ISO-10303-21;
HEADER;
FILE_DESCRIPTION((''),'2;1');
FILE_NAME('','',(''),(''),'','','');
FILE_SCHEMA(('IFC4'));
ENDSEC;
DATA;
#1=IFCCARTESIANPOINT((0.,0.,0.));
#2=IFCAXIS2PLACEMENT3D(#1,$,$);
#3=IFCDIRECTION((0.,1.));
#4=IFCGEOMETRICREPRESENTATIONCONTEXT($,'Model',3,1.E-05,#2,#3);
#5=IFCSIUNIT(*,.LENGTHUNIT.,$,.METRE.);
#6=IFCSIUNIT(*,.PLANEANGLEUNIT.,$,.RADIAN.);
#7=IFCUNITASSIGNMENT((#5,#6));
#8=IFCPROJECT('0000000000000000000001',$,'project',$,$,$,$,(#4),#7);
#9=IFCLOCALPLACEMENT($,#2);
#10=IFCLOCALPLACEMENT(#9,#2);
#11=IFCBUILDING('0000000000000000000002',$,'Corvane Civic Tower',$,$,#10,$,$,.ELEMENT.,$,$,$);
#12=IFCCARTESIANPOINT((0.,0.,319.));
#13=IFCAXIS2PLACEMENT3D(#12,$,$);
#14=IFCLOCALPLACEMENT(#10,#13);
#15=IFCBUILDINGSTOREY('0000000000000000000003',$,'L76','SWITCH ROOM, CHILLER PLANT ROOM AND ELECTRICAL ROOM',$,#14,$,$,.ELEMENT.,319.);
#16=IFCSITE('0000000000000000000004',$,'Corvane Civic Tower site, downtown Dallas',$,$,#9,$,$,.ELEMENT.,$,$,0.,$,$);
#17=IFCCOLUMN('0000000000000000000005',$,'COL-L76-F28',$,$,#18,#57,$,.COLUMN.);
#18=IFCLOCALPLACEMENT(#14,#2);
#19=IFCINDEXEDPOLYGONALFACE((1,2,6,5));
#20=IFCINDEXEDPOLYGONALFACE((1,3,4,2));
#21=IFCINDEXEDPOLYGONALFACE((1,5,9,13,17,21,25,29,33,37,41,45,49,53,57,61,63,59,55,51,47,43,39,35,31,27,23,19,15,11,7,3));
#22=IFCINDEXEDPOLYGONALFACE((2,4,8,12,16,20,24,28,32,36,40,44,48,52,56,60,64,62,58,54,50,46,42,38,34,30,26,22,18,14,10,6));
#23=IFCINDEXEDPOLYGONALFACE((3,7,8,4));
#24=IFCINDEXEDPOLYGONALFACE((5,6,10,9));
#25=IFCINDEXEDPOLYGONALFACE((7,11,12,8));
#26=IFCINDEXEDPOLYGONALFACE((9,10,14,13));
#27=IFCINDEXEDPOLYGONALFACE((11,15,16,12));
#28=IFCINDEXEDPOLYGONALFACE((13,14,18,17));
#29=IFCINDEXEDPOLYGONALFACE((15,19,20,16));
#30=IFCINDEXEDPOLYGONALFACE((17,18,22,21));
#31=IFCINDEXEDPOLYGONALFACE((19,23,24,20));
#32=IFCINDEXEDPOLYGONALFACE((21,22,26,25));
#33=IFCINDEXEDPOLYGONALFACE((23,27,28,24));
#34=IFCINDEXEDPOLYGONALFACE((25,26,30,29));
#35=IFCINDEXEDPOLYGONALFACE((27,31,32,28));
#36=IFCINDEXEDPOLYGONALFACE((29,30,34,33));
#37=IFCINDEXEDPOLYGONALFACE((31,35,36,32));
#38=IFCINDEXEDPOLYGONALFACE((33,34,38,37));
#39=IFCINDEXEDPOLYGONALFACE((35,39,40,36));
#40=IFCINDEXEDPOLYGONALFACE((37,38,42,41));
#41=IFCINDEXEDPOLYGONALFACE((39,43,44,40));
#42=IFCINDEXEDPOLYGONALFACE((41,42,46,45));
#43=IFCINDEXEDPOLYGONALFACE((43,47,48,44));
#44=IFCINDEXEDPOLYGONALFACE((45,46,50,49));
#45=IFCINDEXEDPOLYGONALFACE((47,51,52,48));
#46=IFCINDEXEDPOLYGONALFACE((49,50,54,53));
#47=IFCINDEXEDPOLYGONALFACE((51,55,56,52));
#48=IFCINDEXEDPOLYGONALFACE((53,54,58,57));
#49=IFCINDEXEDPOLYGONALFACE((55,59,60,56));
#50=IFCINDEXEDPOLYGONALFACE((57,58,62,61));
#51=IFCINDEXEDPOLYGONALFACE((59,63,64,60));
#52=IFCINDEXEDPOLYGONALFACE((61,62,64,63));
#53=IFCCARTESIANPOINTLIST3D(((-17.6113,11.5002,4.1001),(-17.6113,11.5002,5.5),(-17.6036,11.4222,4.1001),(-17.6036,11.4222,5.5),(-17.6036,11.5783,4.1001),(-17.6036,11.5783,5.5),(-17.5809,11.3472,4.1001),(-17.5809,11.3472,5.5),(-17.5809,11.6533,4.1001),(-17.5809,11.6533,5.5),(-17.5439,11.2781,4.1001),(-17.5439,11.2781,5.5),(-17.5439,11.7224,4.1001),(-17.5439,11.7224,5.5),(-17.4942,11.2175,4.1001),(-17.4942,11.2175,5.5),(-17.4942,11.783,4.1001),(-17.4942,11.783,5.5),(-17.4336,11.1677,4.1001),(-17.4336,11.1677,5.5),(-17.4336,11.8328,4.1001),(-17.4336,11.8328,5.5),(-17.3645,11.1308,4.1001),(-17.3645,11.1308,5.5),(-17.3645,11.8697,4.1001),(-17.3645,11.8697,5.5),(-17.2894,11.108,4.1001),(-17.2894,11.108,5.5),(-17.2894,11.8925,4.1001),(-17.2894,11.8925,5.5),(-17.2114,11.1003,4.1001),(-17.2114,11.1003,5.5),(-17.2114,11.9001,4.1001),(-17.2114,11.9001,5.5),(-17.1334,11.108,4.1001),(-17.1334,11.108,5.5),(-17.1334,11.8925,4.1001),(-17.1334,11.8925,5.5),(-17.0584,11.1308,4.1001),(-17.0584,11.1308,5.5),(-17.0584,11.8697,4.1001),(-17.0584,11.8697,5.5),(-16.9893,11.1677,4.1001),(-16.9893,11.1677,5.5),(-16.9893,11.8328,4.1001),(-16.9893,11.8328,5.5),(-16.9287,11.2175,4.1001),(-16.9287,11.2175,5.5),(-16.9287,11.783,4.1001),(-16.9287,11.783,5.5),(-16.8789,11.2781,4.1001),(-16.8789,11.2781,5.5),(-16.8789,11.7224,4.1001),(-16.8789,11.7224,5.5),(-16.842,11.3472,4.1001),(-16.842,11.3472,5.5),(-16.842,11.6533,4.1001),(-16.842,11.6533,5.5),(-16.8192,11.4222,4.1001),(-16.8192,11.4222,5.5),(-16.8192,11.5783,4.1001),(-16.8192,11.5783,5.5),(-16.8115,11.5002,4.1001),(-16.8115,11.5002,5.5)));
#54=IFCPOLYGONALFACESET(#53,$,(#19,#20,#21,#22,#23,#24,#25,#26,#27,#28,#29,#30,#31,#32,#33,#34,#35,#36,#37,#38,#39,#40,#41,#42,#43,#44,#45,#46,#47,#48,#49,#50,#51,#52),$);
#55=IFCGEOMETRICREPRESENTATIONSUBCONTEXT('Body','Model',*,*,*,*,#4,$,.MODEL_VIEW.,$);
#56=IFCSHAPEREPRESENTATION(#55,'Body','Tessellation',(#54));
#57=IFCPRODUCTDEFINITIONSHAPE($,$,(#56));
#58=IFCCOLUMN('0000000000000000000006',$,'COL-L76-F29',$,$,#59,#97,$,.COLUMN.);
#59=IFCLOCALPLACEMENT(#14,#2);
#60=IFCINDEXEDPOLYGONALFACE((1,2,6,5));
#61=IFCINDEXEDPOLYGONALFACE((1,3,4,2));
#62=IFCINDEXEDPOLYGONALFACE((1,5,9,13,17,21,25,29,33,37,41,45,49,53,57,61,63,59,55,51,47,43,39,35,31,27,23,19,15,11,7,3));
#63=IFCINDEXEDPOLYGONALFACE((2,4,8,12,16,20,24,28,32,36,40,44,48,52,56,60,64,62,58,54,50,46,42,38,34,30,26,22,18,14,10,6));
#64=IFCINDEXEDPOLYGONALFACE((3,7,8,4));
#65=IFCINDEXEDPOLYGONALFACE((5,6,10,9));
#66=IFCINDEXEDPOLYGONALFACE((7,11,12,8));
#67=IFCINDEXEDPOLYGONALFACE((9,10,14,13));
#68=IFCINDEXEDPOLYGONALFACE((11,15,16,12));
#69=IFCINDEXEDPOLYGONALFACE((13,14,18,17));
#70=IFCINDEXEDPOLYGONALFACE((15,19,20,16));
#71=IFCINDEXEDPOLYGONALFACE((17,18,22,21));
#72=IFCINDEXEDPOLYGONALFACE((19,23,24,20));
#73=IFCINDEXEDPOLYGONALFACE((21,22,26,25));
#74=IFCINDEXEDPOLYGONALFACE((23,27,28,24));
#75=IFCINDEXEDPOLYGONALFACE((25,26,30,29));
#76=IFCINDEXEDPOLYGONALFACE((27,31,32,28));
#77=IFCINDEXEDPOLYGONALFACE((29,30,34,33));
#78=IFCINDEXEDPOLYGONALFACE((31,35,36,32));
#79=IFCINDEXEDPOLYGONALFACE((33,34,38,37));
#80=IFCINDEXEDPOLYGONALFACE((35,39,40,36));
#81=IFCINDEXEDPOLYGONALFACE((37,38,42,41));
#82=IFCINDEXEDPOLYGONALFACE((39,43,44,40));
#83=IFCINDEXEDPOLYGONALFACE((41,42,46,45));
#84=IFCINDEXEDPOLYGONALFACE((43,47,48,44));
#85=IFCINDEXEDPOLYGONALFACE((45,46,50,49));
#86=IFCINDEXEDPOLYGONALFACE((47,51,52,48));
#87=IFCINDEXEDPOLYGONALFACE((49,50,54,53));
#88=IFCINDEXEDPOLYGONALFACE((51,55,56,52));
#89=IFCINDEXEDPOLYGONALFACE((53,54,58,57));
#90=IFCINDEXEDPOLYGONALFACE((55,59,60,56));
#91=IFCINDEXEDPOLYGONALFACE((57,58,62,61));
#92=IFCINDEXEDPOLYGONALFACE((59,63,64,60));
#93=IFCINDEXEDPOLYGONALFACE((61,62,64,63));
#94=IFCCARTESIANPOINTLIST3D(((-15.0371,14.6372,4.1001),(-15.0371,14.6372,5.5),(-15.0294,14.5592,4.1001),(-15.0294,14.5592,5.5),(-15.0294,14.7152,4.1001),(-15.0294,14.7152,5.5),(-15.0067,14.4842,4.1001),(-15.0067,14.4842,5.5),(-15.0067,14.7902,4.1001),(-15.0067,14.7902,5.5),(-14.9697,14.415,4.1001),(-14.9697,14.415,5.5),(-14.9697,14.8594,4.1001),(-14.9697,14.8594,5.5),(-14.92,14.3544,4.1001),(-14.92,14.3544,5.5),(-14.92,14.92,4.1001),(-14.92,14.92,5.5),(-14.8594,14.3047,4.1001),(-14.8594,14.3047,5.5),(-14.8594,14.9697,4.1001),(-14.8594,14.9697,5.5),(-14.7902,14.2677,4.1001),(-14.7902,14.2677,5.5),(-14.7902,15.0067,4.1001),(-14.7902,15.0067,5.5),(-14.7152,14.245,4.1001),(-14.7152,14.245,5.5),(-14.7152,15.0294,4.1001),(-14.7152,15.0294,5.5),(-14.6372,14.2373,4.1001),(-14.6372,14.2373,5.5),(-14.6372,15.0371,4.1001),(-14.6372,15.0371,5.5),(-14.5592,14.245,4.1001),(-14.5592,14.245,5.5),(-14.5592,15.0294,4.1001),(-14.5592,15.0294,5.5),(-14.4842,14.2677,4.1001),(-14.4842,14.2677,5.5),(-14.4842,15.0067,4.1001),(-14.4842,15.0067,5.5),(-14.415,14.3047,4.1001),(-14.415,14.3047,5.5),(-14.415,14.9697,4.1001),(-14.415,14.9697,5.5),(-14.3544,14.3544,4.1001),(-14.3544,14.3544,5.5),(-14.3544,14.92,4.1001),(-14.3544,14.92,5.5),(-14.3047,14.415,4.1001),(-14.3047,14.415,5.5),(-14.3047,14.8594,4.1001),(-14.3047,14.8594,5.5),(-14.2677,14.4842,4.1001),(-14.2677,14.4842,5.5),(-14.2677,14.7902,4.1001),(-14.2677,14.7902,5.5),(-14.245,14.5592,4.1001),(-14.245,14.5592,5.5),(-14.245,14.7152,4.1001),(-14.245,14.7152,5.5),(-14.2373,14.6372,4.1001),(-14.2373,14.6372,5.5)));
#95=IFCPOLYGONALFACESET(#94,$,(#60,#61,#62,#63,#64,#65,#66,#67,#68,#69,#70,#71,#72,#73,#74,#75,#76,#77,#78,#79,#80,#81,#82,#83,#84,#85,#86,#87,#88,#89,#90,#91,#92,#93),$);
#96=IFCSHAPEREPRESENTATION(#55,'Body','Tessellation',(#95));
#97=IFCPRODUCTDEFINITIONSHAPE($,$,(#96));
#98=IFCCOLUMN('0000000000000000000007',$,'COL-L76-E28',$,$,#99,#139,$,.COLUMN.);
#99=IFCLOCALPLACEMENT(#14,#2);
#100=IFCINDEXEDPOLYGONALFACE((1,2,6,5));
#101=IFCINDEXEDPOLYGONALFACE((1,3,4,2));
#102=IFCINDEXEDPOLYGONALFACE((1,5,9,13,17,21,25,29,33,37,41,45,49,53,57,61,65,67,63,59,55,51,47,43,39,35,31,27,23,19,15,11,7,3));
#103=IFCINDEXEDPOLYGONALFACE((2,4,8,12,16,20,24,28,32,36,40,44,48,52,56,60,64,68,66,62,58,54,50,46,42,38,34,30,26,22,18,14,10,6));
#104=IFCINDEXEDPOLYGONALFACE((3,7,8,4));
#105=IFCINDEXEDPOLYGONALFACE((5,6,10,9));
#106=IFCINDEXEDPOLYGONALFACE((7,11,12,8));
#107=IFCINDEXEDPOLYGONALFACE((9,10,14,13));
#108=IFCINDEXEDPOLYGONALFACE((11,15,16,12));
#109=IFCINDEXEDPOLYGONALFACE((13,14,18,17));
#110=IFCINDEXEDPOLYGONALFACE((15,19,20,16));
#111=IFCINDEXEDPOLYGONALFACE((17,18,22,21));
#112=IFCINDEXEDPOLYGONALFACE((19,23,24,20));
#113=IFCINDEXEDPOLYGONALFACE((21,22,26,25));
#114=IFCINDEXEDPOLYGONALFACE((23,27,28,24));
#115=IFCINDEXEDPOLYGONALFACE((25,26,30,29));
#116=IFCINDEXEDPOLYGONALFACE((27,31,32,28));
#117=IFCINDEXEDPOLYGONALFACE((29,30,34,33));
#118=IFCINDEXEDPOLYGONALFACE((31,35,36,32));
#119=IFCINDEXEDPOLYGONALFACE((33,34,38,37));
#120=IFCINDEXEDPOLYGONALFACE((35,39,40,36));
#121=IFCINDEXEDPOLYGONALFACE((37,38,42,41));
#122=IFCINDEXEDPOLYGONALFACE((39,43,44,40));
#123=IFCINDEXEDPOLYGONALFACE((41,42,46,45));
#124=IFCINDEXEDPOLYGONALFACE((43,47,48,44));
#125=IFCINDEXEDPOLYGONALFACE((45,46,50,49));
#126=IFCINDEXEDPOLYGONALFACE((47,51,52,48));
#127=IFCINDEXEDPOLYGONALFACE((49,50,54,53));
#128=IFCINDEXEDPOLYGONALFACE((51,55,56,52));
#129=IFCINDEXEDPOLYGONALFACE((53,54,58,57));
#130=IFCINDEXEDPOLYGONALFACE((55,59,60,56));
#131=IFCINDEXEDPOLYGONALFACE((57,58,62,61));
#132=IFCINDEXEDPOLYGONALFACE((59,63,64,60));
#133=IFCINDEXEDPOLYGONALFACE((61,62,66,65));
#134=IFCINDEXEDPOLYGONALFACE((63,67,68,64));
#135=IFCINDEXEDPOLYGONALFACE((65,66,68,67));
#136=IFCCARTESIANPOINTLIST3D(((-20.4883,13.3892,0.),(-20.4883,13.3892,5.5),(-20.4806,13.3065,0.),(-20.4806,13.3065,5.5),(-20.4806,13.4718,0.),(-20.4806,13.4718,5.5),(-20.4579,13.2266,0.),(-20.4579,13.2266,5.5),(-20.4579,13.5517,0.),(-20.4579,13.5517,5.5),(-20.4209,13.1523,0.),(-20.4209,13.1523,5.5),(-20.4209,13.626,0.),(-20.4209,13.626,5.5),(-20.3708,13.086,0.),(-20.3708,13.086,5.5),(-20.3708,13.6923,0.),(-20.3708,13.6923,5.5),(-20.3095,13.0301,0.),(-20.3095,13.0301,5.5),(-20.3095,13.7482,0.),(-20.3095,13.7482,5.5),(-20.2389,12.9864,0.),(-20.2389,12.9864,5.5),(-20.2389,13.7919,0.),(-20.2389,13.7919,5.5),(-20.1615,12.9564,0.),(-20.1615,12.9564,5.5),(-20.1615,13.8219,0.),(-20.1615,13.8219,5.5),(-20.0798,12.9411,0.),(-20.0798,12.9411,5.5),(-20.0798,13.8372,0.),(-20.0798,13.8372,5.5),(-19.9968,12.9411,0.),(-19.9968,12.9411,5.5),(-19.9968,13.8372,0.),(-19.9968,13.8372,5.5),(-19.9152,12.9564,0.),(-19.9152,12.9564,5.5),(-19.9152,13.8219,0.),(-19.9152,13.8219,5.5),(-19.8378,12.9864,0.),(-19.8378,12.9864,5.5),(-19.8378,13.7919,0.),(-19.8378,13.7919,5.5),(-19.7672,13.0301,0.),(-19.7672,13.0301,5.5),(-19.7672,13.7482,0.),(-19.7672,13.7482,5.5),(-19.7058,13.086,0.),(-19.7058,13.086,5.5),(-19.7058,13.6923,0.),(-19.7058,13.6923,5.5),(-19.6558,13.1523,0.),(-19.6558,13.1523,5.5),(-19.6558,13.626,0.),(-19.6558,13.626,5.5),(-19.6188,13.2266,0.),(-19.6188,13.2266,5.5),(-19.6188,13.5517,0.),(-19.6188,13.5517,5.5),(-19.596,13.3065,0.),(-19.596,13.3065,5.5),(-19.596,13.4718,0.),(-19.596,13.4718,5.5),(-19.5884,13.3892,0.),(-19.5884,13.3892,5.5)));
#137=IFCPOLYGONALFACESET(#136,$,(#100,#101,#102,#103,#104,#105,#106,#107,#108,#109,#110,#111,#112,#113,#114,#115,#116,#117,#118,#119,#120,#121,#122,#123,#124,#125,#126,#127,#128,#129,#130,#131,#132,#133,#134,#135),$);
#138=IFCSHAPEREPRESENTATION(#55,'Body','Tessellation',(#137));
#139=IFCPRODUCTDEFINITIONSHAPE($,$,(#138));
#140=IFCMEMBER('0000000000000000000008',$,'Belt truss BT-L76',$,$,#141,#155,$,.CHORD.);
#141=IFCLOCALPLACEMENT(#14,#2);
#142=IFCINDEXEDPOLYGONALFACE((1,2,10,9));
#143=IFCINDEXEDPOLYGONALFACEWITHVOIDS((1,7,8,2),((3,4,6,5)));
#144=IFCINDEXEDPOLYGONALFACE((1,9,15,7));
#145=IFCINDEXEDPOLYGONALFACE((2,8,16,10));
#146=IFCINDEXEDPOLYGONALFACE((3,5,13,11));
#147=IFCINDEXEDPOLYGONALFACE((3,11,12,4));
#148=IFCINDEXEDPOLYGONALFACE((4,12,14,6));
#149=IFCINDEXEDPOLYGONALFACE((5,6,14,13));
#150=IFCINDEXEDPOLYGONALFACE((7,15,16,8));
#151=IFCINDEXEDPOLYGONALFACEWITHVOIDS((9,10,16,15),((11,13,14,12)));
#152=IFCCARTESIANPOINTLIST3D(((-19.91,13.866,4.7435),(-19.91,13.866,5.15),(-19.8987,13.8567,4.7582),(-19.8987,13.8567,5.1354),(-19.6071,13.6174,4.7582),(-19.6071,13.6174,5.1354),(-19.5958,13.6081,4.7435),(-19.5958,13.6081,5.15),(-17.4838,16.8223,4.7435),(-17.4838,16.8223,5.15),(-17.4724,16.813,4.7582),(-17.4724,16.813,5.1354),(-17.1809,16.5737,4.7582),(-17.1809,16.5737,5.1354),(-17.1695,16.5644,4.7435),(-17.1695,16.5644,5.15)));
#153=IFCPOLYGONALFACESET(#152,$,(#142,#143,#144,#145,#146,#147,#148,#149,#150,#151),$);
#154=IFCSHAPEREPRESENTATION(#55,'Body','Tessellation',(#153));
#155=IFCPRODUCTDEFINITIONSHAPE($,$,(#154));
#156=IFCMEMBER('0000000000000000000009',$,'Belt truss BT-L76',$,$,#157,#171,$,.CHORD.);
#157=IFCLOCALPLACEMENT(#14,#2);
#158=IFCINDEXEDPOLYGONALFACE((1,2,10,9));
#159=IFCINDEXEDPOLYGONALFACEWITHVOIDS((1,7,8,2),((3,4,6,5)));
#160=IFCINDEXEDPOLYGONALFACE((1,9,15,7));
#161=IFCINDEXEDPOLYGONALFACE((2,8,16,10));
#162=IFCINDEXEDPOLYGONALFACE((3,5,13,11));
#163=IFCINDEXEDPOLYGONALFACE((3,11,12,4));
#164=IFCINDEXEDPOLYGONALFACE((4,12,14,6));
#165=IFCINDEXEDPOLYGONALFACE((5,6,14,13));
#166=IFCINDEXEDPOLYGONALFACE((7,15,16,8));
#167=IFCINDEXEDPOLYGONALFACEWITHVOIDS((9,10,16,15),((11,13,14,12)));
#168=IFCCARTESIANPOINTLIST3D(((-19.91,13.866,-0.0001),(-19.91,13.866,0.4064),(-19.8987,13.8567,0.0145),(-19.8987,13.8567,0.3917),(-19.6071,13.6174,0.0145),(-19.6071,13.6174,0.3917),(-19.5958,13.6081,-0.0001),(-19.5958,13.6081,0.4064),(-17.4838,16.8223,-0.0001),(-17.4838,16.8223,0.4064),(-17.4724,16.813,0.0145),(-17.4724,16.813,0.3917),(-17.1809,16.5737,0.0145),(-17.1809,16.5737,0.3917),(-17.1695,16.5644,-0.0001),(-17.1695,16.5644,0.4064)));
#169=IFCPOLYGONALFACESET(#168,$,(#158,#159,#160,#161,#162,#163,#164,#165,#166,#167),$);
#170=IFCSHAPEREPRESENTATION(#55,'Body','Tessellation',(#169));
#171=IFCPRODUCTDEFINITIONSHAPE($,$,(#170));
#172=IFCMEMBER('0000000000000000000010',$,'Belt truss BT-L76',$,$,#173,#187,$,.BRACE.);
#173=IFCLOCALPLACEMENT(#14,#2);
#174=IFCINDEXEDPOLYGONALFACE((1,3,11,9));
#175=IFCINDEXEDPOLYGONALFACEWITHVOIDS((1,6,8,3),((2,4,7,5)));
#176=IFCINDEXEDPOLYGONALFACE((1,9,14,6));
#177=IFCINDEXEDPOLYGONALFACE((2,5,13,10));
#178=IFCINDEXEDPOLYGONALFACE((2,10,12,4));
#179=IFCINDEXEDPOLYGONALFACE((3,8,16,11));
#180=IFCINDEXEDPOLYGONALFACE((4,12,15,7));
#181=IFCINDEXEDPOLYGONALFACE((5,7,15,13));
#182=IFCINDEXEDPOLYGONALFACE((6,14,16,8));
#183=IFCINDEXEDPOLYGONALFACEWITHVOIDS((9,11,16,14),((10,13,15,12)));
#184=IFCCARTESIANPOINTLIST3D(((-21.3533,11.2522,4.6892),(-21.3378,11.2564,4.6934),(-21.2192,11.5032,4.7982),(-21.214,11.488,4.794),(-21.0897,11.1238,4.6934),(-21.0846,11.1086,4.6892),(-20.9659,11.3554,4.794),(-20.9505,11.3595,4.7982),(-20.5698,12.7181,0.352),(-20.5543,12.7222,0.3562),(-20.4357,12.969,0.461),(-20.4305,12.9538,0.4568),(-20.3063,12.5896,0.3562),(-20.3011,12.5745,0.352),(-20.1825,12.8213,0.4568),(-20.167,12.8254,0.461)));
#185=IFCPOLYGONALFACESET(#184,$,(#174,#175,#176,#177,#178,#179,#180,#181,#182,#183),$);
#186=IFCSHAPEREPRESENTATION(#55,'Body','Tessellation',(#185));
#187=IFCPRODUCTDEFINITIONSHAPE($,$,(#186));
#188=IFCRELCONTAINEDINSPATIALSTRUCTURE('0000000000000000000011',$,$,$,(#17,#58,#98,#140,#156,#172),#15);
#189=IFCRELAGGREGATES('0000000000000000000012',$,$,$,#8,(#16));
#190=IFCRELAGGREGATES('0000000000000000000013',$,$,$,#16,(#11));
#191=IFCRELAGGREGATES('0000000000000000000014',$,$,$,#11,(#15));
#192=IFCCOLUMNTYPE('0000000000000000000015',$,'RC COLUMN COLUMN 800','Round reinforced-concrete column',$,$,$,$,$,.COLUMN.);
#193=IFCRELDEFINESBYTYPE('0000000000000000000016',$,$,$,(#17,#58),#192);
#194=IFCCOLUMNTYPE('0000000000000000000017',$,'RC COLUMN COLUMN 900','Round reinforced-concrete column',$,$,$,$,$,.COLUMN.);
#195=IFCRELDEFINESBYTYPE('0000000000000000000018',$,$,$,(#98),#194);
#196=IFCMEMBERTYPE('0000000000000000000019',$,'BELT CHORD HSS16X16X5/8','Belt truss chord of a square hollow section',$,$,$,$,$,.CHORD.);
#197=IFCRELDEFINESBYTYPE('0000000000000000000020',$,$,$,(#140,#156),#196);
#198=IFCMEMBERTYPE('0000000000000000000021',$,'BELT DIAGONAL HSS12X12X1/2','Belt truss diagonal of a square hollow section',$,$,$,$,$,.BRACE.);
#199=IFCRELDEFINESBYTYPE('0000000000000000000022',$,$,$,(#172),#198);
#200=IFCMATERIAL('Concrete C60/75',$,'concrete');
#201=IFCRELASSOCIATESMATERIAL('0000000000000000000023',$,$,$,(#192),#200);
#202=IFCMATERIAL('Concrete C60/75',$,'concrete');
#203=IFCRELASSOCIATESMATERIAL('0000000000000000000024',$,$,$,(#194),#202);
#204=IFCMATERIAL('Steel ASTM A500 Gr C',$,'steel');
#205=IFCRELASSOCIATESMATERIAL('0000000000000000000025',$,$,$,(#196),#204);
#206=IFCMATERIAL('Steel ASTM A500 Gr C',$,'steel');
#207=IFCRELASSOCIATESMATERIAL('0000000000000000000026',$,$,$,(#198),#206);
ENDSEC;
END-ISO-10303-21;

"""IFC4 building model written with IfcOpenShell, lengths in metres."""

from ifc_helpers import new_model, si_unit, direction, frame, origin, origin_2d, place, context, subcontext, project, spatial, hollow_rectangle, circle, extrude, material, material_profile, profile_set, type_object, element, save


model = new_model("IFC4")

# Units and contexts
model_context = context("Model", 3, precision=1e-05, world=origin(), true_north=direction((0.0, 1.0)))
body_context = subcontext(model_context, "Body", "Model", "MODEL_VIEW")
ifc_project = project(units=[si_unit("LENGTHUNIT", "METRE"), si_unit("PLANEANGLEUNIT", "RADIAN")], contexts=[model_context])

# Site, building, storey
site_placement = place(None, origin())
site = spatial("IfcSite", under=ifc_project, at=site_placement, Name="Corvane Civic Tower site, downtown Dallas", CompositionType="ELEMENT", RefElevation=0.0)
building_placement = place(site_placement, origin())
building = spatial("IfcBuilding", under=site, at=building_placement, Name="Corvane Civic Tower", CompositionType="ELEMENT")
storey_placement = place(building_placement, frame((0.0, 0.0, 319.0)))
storey = spatial("IfcBuildingStorey", under=building, at=storey_placement, Name="L76", Description="SWITCH ROOM, CHILLER PLANT ROOM AND ELECTRICAL ROOM", CompositionType="ELEMENT", Elevation=319.0)

# Columns
ifc_material_1 = material(Name="Concrete C60/75", Category="concrete")
ifc_material_profile_1 = material_profile(ifc_material_1, circle(Radius=0.3999, at=origin_2d()), Name="COLUMN 800")
ifc_profile_set_1 = profile_set([ifc_material_profile_1], Name="Concrete C60/75")
column_type_1 = type_object("IfcColumnType", Name="RC COLUMN COLUMN 800", Description="Round reinforced-concrete column", PredefinedType="COLUMN", material=ifc_profile_set_1)
for number, where, z_axis, x_axis, name in (
    (1, (-17.2114, 11.5002, 4.1001), (0.0, 0.0, 1.0), (1.0, 0.0, 0.0), "COL-L76-F28"),
    (2, (-14.6372, 14.6372, 4.1001), (0.0, 0.0, 1.0), (1.0, 0.0, 0.0), "COL-L76-F29"),
):
    element("IfcColumn", number, at=place(storey_placement, frame(where, z_axis=z_axis, x_axis=x_axis)), inside=storey, type_object=column_type_1, Name=name, PredefinedType="COLUMN", context=body_context, shape_type="SweptSolid", body=[
        extrude(circle(Radius=0.3999, at=origin_2d()), origin(), (0.0, 0.0, 1.0), 1.3999),
    ])
ifc_material_2 = material(Name="Concrete C60/75", Category="concrete")
ifc_material_profile_2 = material_profile(ifc_material_2, circle(Radius=0.45, at=origin_2d()), Name="COLUMN 900")
ifc_profile_set_2 = profile_set([ifc_material_profile_2], Name="Concrete C60/75")
column_type_2 = type_object("IfcColumnType", Name="RC COLUMN COLUMN 900", Description="Round reinforced-concrete column", PredefinedType="COLUMN", material=ifc_profile_set_2)
column_placement = place(storey_placement, frame((-20.0383, 13.3892, 0.0), z_axis=(0.0, 0.0, 1.0), x_axis=(1.0, 0.0, 0.0)))
element("IfcColumn", 3, at=column_placement, inside=storey, type_object=column_type_2, Name="COL-L76-E28", PredefinedType="COLUMN", context=body_context, shape_type="SweptSolid", body=[
    extrude(circle(Radius=0.45, at=origin_2d()), origin(), (0.0, 0.0, 1.0), 5.5),
])

# Members
ifc_material_3 = material(Name="Steel ASTM A500 Gr C", Category="steel")
ifc_material_profile_3 = material_profile(ifc_material_3, hollow_rectangle(XDim=0.4065, YDim=0.4065, WallThickness=0.0146, at=origin_2d()), Name="HSS16X16X5/8")
ifc_profile_set_3 = profile_set([ifc_material_profile_3], Name="Steel ASTM A500 Gr C")
member_type_1 = type_object("IfcMemberType", Name="BELT CHORD HSS16X16X5/8", Description="Belt truss chord of a square hollow section", PredefinedType="CHORD", material=ifc_profile_set_3)
for number, where, z_axis, x_axis, name in (
    (4, (-19.7529, 13.7371, 4.9468), (0.634409, 0.772998, 0.0), (-0.772998, 0.634409, 0.0), "Belt truss BT-L76"),
    (5, (-19.7529, 13.7371, 0.2031), (0.634409, 0.772998, 0.0), (-0.772998, 0.634409, 0.0), "Belt truss BT-L76"),
):
    element("IfcMember", number, at=place(storey_placement, frame(where, z_axis=z_axis, x_axis=x_axis)), inside=storey, type_object=member_type_1, Name=name, PredefinedType="CHORD", context=body_context, shape_type="SweptSolid", body=[
        extrude(hollow_rectangle(XDim=0.4065, YDim=0.4065, WallThickness=0.0146, at=origin_2d()), origin(), (0.0, 0.0, 1.0), 3.8245),
    ])
ifc_material_4 = material(Name="Steel ASTM A500 Gr C", Category="steel")
ifc_material_profile_4 = material_profile(ifc_material_4, hollow_rectangle(XDim=0.3047, YDim=0.3047, WallThickness=0.0117, at=origin_2d()), Name="HSS12X12X1/2")
ifc_profile_set_4 = profile_set([ifc_material_profile_4], Name="Steel ASTM A500 Gr C")
member_type_2 = type_object("IfcMemberType", Name="BELT DIAGONAL HSS12X12X1/2", Description="Belt truss diagonal of a square hollow section", PredefinedType="BRACE", material=ifc_profile_set_4)
for number, where, z_axis, x_axis, name in (
    (6, (-20.3684, 12.7717, 0.4065), (-0.168675, -0.315589, 0.933784), (0.881934, -0.471373, 0.0), "Belt truss BT-L76"),
):
    element("IfcMember", number, at=place(storey_placement, frame(where, z_axis=z_axis, x_axis=x_axis)), inside=storey, type_object=member_type_2, Name=name, PredefinedType="BRACE", context=body_context, shape_type="SweptSolid", body=[
        extrude(hollow_rectangle(XDim=0.3047, YDim=0.3047, WallThickness=0.0117, at=origin_2d()), origin(), (0.0, 0.0, 1.0), 4.6448),
    ])

save(model, "model.ifc")
